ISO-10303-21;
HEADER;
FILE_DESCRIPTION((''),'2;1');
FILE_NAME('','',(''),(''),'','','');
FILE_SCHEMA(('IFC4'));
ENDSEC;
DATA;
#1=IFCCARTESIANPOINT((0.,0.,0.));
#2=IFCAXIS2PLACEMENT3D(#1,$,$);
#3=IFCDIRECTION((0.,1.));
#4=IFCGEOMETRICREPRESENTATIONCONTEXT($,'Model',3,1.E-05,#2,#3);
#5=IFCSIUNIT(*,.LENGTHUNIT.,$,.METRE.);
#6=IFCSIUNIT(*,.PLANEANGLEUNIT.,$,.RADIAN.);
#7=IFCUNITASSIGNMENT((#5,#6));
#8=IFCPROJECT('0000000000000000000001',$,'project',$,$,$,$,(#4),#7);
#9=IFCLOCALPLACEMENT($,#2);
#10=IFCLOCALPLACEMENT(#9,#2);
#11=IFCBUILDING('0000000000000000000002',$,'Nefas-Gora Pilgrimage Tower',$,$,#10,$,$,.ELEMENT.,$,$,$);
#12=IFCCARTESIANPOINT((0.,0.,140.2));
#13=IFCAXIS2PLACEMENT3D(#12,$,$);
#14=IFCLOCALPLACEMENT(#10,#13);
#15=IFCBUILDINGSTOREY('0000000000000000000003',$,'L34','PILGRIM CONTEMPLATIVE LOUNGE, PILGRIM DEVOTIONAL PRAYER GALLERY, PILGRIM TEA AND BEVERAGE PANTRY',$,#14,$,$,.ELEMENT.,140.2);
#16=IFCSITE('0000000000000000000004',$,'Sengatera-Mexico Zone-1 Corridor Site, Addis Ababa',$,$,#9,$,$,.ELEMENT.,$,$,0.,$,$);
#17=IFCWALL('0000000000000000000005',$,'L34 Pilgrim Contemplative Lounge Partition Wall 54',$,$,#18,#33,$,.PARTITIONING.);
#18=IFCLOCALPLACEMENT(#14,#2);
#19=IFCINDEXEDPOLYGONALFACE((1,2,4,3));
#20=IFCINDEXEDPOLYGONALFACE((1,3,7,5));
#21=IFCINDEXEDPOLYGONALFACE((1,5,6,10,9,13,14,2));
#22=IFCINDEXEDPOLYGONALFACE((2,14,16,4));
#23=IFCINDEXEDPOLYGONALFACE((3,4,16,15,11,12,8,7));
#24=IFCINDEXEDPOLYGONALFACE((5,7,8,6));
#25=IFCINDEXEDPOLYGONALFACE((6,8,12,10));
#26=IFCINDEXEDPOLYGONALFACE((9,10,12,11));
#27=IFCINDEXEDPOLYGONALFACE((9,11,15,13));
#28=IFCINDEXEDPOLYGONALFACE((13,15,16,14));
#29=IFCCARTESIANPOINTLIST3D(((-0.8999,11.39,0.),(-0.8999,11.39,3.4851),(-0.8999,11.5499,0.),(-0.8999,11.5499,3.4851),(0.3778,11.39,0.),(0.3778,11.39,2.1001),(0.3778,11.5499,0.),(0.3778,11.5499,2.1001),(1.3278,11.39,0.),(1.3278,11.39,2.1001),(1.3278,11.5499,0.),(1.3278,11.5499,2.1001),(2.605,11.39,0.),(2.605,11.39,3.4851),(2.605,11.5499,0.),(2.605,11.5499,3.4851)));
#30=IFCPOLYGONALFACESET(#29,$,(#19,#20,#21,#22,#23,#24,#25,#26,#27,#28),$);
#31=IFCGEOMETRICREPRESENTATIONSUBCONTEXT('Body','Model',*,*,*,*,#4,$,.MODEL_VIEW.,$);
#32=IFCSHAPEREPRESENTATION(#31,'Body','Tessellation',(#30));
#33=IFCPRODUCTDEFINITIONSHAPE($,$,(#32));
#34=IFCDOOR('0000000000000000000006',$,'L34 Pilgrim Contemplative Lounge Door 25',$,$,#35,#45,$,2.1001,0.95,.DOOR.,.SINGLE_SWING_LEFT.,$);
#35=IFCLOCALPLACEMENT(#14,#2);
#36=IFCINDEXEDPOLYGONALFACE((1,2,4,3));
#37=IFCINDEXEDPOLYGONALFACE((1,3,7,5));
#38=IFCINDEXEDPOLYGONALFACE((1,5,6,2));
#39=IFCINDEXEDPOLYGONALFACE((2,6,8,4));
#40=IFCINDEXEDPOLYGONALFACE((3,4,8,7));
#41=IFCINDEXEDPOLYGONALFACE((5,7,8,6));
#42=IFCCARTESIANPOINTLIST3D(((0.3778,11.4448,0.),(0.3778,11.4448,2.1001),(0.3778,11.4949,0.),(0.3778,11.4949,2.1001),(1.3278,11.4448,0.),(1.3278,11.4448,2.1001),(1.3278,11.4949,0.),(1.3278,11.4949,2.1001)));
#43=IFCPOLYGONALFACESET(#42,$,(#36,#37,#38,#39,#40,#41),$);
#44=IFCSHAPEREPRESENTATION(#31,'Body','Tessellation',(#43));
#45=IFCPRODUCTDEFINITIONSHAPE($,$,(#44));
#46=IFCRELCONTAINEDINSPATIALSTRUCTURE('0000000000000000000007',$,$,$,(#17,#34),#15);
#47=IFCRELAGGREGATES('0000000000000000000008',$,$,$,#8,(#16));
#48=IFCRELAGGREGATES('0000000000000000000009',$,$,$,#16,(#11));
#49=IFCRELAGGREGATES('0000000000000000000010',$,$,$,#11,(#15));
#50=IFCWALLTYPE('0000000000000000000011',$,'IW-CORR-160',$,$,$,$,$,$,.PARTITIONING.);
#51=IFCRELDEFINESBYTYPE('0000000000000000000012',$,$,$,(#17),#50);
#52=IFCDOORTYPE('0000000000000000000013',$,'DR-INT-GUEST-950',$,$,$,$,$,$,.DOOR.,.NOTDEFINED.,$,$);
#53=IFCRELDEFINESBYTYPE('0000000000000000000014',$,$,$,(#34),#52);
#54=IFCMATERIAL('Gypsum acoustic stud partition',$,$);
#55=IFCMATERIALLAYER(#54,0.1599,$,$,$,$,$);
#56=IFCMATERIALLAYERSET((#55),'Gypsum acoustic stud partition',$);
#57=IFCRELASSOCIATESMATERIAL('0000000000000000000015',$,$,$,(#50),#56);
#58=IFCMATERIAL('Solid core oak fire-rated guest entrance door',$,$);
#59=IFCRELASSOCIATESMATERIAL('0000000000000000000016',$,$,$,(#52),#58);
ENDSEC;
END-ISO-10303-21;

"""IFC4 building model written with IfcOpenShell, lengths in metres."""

from ifc_helpers import new_model, si_unit, direction, frame, frame_2d, origin, place, context, subcontext, project, spatial, rectangle, extrude, source, transform, mapped, material, layer, layer_set, type_object, element, fill, save


model = new_model("IFC4")

# Units and contexts
model_context = context("Model", 3, precision=1e-05, world=origin(), true_north=direction((0.0, 1.0)))
body_context = subcontext(model_context, "Body", "Model", "MODEL_VIEW")
ifc_project = project(units=[si_unit("LENGTHUNIT", "METRE"), si_unit("PLANEANGLEUNIT", "RADIAN")], contexts=[model_context])

# Site, building, storey
site_placement = place(None, origin())
site = spatial("IfcSite", under=ifc_project, at=site_placement, Name="Sengatera-Mexico Zone-1 Corridor Site, Addis Ababa", CompositionType="ELEMENT", RefElevation=0.0)
building_placement = place(site_placement, origin())
building = spatial("IfcBuilding", under=site, at=building_placement, Name="Nefas-Gora Pilgrimage Tower", CompositionType="ELEMENT")
storey_placement = place(building_placement, frame((0.0, 0.0, 140.2)))
storey = spatial("IfcBuildingStorey", under=building, at=storey_placement, Name="L34", Description="PILGRIM CONTEMPLATIVE LOUNGE, PILGRIM DEVOTIONAL PRAYER GALLERY, PILGRIM TEA AND BEVERAGE PANTRY", CompositionType="ELEMENT", Elevation=140.2)

# Shared definitions
ifc_material_1 = material(Name="Gypsum acoustic stud partition")
ifc_layer_1 = layer(ifc_material_1, 0.1599)
ifc_layer_set_1 = layer_set([ifc_layer_1], Name="Gypsum acoustic stud partition")
wall_type_1 = type_object("IfcWallType", Name="IW-CORR-160", PredefinedType="PARTITIONING", material=ifc_layer_set_1)
ifc_material_2 = material(Name="Solid core oak fire-rated guest entrance door")
door_type = type_object("IfcDoorType", Name="DR-INT-GUEST-950", OperationType="NOTDEFINED", PredefinedType="DOOR", material=ifc_material_2)
shared_shape_1 = source(origin(), body_context, "Body", "SweptSolid", [
    extrude(rectangle(XDim=0.95, YDim=2.1001, at=frame_2d((0.4751, 1.05))), frame((0.0, 0.0249, 0.0), z_axis=(0.0, -1.0, 0.0), x_axis=(1.0, 0.0, 0.0)), (0.0, 0.0, 1.0), 0.05),
])

# Wall, opening, door
shared_shape_2 = source(origin(), body_context, "Body", "SweptSolid", [
    extrude(rectangle(XDim=3.5049, YDim=0.1599, at=frame_2d((1.7524, 0.0))), origin(), (0.0, 0.0, 1.0), 3.4851),
])
wall_1_placement = place(storey_placement, frame((-0.8999, 11.47, 0.0), z_axis=(0.0, 0.0, 1.0), x_axis=(1.0, 0.0, 0.0)))
wall_1 = element("IfcWall", 1, at=wall_1_placement, inside=storey, type_object=wall_type_1, Name="L34 Pilgrim Contemplative Lounge Partition Wall 54", PredefinedType="PARTITIONING", context=body_context, shape_type="MappedRepresentation", body=[
    mapped(shared_shape_2, transform((0.0, 0.0, 0.0), x_axis=(1.0, 0.0, 0.0), y_axis=(0.0, 1.0, 0.0), z_axis=(0.0, 0.0, 1.0), scale=1.0)),
])
opening_1_placement = place(wall_1_placement, frame((1.2776, 0.0, 0.0)))
opening_1 = element("IfcOpeningElement", 2, at=opening_1_placement, cuts=wall_1, PredefinedType="OPENING", context=body_context, shape_type="SweptSolid", body=[
    extrude(rectangle(XDim=0.95, YDim=2.1001, at=frame_2d((0.4751, 1.05))), frame((0.0, 0.0898, 0.0), z_axis=(0.0, -1.0, 0.0), x_axis=(1.0, 0.0, 0.0)), (0.0, 0.0, 1.0), 0.1799),
])
door_1_placement = place(opening_1_placement, origin())
door_1 = element("IfcDoor", 3, at=door_1_placement, inside=storey, type_object=door_type, Name="L34 Pilgrim Contemplative Lounge Door 25", OperationType="SINGLE_SWING_LEFT", OverallHeight=2.1001, OverallWidth=0.95, PredefinedType="DOOR", context=body_context, shape_type="MappedRepresentation", body=[
    mapped(shared_shape_1, transform((0.0, 0.0, 0.0), x_axis=(1.0, 0.0, 0.0), y_axis=(0.0, 1.0, 0.0), z_axis=(0.0, 0.0, 1.0), scale=1.0)),
])
fill(opening_1, door_1)

save(model, "model.ifc")
